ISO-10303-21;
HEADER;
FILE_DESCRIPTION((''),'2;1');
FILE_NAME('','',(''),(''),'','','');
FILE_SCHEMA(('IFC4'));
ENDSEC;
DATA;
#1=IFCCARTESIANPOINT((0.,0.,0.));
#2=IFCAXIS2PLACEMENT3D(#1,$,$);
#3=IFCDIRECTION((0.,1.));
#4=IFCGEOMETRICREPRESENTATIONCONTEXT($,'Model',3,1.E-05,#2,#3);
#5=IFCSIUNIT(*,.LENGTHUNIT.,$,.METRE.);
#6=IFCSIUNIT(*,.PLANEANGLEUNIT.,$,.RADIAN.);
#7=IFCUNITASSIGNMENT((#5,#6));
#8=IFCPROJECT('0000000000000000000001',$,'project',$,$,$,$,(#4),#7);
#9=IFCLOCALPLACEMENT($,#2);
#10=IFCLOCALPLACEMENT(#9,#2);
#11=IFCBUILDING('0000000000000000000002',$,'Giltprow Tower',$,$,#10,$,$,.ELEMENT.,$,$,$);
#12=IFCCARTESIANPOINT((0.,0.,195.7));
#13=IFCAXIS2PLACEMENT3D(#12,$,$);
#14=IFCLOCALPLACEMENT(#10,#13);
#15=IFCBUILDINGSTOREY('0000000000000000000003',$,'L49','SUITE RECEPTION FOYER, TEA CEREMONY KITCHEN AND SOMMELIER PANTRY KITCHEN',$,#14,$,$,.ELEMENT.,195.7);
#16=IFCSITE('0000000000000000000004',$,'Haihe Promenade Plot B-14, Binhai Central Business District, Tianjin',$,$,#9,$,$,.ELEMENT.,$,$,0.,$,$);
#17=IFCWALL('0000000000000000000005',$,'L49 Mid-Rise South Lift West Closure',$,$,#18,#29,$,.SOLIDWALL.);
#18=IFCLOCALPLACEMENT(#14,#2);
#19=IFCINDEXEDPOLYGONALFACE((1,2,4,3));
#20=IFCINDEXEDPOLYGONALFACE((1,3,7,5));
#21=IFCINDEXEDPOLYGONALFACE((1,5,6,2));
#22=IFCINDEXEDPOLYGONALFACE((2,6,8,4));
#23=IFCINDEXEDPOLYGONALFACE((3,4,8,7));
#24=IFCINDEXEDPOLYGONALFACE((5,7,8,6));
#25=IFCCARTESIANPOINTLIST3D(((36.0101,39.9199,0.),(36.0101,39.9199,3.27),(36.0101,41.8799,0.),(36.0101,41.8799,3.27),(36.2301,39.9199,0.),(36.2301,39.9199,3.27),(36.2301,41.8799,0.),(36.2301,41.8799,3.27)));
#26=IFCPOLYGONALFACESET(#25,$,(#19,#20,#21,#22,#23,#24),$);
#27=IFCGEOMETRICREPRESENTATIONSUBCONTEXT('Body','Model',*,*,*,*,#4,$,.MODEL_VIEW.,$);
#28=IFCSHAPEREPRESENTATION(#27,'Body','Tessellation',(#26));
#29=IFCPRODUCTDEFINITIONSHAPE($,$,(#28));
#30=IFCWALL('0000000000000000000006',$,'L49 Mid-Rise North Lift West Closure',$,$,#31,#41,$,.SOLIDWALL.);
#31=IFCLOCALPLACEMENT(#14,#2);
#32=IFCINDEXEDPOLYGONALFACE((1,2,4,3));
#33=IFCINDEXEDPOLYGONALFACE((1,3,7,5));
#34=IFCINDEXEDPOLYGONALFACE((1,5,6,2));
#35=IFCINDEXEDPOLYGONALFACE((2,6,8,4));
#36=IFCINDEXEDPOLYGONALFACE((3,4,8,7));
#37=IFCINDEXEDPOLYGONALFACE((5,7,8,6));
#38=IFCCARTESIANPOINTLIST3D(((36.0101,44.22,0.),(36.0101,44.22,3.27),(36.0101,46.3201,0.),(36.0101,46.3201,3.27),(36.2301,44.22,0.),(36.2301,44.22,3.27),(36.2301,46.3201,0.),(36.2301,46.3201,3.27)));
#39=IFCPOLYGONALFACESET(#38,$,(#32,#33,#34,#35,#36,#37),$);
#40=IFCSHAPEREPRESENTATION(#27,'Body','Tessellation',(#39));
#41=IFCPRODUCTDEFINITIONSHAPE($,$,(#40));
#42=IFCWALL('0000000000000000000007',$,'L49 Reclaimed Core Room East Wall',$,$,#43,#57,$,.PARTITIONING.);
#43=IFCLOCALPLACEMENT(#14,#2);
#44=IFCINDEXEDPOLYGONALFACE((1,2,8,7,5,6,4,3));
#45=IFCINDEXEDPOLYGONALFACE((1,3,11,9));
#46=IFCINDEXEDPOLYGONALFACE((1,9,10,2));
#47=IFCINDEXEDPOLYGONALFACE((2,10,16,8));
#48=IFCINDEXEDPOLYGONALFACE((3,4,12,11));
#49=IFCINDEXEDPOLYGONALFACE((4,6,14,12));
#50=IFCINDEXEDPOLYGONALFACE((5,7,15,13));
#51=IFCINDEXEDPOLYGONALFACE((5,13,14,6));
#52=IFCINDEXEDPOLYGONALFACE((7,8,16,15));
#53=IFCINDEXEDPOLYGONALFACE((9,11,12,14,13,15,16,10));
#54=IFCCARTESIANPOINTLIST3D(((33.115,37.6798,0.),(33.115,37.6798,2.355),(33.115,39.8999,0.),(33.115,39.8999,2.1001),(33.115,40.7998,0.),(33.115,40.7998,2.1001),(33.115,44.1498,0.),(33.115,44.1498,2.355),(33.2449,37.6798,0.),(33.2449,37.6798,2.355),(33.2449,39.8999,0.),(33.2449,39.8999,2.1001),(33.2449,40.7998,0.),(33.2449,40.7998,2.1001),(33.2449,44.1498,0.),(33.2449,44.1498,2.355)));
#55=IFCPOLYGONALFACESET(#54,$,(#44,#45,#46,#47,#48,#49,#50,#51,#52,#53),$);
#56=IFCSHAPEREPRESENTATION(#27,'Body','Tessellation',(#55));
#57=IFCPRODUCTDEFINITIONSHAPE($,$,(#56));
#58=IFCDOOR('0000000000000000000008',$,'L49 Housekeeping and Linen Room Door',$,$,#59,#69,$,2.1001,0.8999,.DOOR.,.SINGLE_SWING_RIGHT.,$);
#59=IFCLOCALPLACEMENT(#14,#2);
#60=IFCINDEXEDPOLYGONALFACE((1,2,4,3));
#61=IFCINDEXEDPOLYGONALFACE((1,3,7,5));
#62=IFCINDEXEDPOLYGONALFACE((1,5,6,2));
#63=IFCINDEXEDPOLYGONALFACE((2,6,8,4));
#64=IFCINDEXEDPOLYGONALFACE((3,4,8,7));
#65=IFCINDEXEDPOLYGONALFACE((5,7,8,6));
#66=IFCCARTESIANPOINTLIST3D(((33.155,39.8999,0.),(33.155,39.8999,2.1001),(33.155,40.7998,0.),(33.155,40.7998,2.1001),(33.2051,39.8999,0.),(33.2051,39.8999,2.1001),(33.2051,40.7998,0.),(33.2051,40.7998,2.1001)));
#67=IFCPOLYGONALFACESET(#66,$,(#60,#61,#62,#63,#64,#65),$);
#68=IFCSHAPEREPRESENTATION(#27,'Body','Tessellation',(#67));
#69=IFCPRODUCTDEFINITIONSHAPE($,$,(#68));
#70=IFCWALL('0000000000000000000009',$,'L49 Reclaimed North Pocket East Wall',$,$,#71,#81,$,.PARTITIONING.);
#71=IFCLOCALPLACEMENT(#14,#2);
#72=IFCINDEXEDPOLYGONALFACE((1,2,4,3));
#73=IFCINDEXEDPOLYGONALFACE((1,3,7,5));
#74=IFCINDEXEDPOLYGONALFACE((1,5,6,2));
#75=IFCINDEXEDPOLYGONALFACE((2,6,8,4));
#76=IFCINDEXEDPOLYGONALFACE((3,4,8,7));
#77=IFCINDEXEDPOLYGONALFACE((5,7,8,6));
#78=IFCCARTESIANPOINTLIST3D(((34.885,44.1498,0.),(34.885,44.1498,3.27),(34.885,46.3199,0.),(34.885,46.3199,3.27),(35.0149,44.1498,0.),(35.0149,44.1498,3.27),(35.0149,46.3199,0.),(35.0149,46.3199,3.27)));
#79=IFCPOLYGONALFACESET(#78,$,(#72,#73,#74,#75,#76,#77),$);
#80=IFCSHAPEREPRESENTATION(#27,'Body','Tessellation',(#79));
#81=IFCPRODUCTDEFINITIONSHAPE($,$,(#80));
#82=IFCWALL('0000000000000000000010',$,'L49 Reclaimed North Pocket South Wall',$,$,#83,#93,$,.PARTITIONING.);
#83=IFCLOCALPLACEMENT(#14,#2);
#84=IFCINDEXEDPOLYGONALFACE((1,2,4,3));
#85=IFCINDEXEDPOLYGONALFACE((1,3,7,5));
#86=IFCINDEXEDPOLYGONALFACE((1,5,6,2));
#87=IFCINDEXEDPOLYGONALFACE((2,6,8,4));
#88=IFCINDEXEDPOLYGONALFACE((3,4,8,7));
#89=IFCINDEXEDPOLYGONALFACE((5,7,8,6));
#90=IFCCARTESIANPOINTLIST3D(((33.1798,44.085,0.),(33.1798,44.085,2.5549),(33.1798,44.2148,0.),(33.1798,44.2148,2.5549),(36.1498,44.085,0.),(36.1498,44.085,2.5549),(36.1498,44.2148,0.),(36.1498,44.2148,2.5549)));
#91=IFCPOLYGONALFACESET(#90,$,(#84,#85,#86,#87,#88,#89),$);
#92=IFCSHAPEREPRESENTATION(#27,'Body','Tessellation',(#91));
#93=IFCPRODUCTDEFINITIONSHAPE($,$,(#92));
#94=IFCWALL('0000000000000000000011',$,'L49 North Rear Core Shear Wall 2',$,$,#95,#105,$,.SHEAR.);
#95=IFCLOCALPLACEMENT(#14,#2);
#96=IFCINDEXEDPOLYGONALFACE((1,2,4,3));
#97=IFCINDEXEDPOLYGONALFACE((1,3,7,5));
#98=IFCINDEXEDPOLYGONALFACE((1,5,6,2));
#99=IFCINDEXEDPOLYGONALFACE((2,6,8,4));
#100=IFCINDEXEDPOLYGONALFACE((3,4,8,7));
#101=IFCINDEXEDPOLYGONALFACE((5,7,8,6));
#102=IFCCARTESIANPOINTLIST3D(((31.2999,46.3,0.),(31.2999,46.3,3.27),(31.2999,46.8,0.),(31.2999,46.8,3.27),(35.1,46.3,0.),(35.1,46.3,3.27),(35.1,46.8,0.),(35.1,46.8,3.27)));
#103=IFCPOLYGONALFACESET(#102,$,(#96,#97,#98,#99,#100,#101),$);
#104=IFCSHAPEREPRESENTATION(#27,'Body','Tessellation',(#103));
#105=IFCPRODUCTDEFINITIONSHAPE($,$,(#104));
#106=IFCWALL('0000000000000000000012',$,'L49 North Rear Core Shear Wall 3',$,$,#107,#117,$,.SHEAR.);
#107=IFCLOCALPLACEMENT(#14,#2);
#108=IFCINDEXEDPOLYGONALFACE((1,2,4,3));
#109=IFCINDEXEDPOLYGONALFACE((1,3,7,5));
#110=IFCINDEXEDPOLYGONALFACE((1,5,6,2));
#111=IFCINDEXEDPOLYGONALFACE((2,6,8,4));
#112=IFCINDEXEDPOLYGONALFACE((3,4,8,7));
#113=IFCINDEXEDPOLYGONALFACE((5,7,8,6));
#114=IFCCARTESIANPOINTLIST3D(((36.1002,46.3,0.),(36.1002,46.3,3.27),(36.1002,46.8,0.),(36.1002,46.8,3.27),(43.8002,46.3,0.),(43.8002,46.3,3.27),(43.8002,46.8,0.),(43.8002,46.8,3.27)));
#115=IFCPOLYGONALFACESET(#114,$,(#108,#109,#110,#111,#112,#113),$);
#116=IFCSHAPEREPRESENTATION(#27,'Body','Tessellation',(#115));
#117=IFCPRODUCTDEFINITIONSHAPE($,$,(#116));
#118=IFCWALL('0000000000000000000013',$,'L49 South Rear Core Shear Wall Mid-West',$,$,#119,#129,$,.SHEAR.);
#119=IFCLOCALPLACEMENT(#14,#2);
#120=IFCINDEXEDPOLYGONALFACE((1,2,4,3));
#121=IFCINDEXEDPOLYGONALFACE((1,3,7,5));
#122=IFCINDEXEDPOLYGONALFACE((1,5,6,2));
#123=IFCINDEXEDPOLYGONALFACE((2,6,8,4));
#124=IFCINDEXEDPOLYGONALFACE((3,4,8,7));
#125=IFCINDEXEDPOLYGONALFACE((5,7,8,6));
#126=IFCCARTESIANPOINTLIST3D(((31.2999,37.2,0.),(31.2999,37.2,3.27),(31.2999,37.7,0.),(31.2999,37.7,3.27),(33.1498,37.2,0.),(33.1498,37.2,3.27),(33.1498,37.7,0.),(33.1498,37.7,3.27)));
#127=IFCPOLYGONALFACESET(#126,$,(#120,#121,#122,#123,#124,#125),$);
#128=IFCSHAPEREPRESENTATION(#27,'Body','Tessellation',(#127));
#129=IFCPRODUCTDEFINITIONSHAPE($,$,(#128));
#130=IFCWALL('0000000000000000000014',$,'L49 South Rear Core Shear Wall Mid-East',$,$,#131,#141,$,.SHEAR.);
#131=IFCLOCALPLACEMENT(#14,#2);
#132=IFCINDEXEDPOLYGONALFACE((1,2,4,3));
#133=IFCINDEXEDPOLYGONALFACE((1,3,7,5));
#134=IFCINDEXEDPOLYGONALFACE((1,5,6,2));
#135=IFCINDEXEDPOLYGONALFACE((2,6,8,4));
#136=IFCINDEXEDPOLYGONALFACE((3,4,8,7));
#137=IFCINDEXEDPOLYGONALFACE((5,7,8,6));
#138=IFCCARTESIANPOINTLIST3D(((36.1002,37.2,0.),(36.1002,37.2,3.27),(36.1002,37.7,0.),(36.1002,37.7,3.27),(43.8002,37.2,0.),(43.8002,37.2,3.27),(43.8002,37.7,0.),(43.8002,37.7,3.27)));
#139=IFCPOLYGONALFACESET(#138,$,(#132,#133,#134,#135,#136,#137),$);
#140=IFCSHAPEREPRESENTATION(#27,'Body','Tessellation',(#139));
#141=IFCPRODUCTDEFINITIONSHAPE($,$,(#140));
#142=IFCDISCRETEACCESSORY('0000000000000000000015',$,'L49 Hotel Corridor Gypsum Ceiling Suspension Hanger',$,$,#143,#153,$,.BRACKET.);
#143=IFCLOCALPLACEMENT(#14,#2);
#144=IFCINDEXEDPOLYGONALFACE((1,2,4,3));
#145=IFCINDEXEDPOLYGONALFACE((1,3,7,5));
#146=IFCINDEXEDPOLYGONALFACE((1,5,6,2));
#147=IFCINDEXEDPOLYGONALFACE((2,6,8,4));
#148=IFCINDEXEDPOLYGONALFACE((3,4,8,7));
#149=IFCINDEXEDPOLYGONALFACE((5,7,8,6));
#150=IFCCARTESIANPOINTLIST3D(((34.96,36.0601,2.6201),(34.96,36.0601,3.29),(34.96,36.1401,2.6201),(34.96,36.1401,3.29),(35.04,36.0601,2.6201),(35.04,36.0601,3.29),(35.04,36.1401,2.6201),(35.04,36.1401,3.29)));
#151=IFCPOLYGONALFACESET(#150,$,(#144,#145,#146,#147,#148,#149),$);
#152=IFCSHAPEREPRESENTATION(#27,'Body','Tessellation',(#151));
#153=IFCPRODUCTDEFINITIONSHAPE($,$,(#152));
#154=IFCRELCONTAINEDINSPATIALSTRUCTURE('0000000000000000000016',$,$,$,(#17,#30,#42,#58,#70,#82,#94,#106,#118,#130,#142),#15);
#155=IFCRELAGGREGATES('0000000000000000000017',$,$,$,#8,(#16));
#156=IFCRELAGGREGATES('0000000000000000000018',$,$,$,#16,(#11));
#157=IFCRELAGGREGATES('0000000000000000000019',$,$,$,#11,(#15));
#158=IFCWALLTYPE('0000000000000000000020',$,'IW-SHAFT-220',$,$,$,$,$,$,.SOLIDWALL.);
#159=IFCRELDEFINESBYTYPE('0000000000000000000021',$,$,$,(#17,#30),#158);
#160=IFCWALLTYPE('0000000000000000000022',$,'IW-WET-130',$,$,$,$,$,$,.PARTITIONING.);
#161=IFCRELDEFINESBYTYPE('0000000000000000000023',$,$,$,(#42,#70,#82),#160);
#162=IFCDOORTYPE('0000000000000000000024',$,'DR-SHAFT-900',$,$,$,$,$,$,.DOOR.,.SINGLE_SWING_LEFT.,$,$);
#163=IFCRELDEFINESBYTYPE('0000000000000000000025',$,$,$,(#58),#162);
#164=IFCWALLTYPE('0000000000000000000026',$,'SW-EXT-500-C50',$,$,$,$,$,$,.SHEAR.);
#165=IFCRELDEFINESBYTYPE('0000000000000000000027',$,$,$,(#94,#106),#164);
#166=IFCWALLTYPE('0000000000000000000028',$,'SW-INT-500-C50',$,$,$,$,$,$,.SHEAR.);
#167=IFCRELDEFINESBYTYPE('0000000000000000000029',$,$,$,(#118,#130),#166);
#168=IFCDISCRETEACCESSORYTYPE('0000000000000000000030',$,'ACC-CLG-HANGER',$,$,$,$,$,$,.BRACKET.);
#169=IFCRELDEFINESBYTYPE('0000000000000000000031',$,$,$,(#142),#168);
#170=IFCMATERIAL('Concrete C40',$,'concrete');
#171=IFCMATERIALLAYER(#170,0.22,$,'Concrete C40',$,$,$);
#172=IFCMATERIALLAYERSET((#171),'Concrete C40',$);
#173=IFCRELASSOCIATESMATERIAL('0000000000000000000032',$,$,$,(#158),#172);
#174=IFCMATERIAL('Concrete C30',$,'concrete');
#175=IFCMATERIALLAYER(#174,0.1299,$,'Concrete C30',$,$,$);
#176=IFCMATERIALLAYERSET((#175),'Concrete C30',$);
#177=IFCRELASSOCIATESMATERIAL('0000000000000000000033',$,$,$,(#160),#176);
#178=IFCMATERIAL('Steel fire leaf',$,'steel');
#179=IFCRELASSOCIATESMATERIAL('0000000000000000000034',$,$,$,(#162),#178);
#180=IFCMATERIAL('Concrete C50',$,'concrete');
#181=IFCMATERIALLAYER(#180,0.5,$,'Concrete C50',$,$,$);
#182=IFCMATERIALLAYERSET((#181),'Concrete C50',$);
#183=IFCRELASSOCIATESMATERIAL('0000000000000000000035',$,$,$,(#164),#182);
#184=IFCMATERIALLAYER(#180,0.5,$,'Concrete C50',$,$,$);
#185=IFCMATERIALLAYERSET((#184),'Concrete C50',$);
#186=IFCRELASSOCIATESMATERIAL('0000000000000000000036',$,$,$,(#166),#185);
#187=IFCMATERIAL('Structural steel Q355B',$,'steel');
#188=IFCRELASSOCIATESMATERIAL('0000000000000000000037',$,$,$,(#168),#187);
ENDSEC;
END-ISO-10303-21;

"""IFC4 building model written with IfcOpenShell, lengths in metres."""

from ifc_helpers import new_model, si_unit, direction, frame, frame_2d, origin, origin_2d, place, context, subcontext, project, spatial, rectangle, extrude, source, transform, mapped, material, layer, layer_set, type_object, element, fill, save


model = new_model("IFC4")

# Units and contexts
model_context = context("Model", 3, precision=1e-05, world=origin(), true_north=direction((0.0, 1.0)))
body_context = subcontext(model_context, "Body", "Model", "MODEL_VIEW")
ifc_project = project(units=[si_unit("LENGTHUNIT", "METRE"), si_unit("PLANEANGLEUNIT", "RADIAN")], contexts=[model_context])

# Site, building, storey
site_placement = place(None, origin())
site = spatial("IfcSite", under=ifc_project, at=site_placement, Name="Haihe Promenade Plot B-14, Binhai Central Business District, Tianjin", CompositionType="ELEMENT", RefElevation=0.0)
building_placement = place(site_placement, origin())
building = spatial("IfcBuilding", under=site, at=building_placement, Name="Giltprow Tower", CompositionType="ELEMENT")
storey_placement = place(building_placement, frame((0.0, 0.0, 195.7)))
storey = spatial("IfcBuildingStorey", under=building, at=storey_placement, Name="L49", Description="SUITE RECEPTION FOYER, TEA CEREMONY KITCHEN AND SOMMELIER PANTRY KITCHEN", CompositionType="ELEMENT", Elevation=195.7)

# Shared definitions
ifc_material_1 = material(Name="Concrete C50", Category="concrete")

# Shared definitions
ifc_material_2 = material(Name="Structural steel Q355B", Category="steel")

# Shared definitions
ifc_material_3 = material(Name="Concrete C40", Category="concrete")
ifc_layer_1 = layer(ifc_material_3, 0.22, Name="Concrete C40")
ifc_layer_set_1 = layer_set([ifc_layer_1], Name="Concrete C40")
wall_type_1 = type_object("IfcWallType", Name="IW-SHAFT-220", PredefinedType="SOLIDWALL", material=ifc_layer_set_1)

# Walls
wall_1_placement = place(storey_placement, frame((36.1201, 39.9199, 0.0), z_axis=(0.0, 0.0, 1.0), x_axis=(0.0, 1.0, 0.0)))
element("IfcWall", 1, at=wall_1_placement, inside=storey, type_object=wall_type_1, Name="L49 Mid-Rise South Lift West Closure", PredefinedType="SOLIDWALL", context=body_context, shape_type="SweptSolid", body=[
    extrude(rectangle(XDim=1.96, YDim=0.22, at=frame_2d((0.98, 0.0))), origin(), (0.0, 0.0, 1.0), 3.27),
])
wall_2_placement = place(storey_placement, frame((36.1201, 44.22, 0.0), z_axis=(0.0, 0.0, 1.0), x_axis=(0.0, 1.0, 0.0)))
element("IfcWall", 2, at=wall_2_placement, inside=storey, type_object=wall_type_1, Name="L49 Mid-Rise North Lift West Closure", PredefinedType="SOLIDWALL", context=body_context, shape_type="SweptSolid", body=[
    extrude(rectangle(XDim=2.1001, YDim=0.22, at=frame_2d((1.05, 0.0))), origin(), (0.0, 0.0, 1.0), 3.27),
])

# Wall, opening, door
ifc_material_4 = material(Name="Concrete C30", Category="concrete")
ifc_layer_2 = layer(ifc_material_4, 0.1299, Name="Concrete C30")
ifc_layer_set_2 = layer_set([ifc_layer_2], Name="Concrete C30")
wall_type_2 = type_object("IfcWallType", Name="IW-WET-130", PredefinedType="PARTITIONING", material=ifc_layer_set_2)
wall_3_placement = place(storey_placement, frame((33.1799, 37.6799, 0.0), z_axis=(0.0, 0.0, 1.0), x_axis=(0.0, 1.0, 0.0)))
wall_3 = element("IfcWall", 3, at=wall_3_placement, inside=storey, type_object=wall_type_2, Name="L49 Reclaimed Core Room East Wall", PredefinedType="PARTITIONING", context=body_context, shape_type="SweptSolid", body=[
    extrude(rectangle(XDim=6.47, YDim=0.1299, at=frame_2d((3.2349, 0.0))), origin(), (0.0, 0.0, 1.0), 2.355),
])
opening_1_placement = place(wall_3_placement, frame((2.22, 0.0, 0.0)))
opening_1 = element("IfcOpeningElement", 4, at=opening_1_placement, cuts=wall_3, PredefinedType="OPENING", context=body_context, shape_type="SweptSolid", body=[
    extrude(rectangle(XDim=0.8999, YDim=2.1001, at=frame_2d((0.45, 1.05))), frame((0.0, 0.075, 0.0), z_axis=(0.0, -1.0, 0.0), x_axis=(1.0, 0.0, 0.0)), (0.0, 0.0, 1.0), 0.1499),
])
ifc_material_5 = material(Name="Steel fire leaf", Category="steel")
door_type_1 = type_object("IfcDoorType", Name="DR-SHAFT-900", OperationType="SINGLE_SWING_LEFT", PredefinedType="DOOR", material=ifc_material_5)
shared_shape_1 = source(origin(), body_context, "Body", "SweptSolid", [
    extrude(rectangle(XDim=0.8999, YDim=2.1001, at=frame_2d((0.45, 1.05))), frame((0.0, 0.0249, 0.0), z_axis=(0.0, -1.0, 0.0), x_axis=(1.0, 0.0, 0.0)), (0.0, 0.0, 1.0), 0.05),
])
door_1_placement = place(opening_1_placement, origin())
door_1 = element("IfcDoor", 5, at=door_1_placement, inside=storey, type_object=door_type_1, Name="L49 Housekeeping and Linen Room Door", OperationType="SINGLE_SWING_RIGHT", OverallHeight=2.1001, OverallWidth=0.8999, PredefinedType="DOOR", context=body_context, shape_type="MappedRepresentation", body=[
    mapped(shared_shape_1, transform((0.0, 0.0, 0.0), x_axis=(1.0, 0.0, 0.0), y_axis=(0.0, 1.0, 0.0), z_axis=(0.0, 0.0, 1.0), scale=1.0)),
])
fill(opening_1, door_1)

# Walls
wall_4_placement = place(storey_placement, frame((34.95, 44.1499, 0.0), z_axis=(0.0, 0.0, 1.0), x_axis=(0.0, 1.0, 0.0)))
element("IfcWall", 6, at=wall_4_placement, inside=storey, type_object=wall_type_2, Name="L49 Reclaimed North Pocket East Wall", PredefinedType="PARTITIONING", context=body_context, shape_type="SweptSolid", body=[
    extrude(rectangle(XDim=2.1702, YDim=0.1299, at=frame_2d((1.085, 0.0))), origin(), (0.0, 0.0, 1.0), 3.27),
])
wall_5_placement = place(storey_placement, frame((33.1799, 44.1499, 0.0), z_axis=(0.0, 0.0, 1.0), x_axis=(1.0, 0.0, 0.0)))
element("IfcWall", 7, at=wall_5_placement, inside=storey, type_object=wall_type_2, Name="L49 Reclaimed North Pocket South Wall", PredefinedType="PARTITIONING", context=body_context, shape_type="SweptSolid", body=[
    extrude(rectangle(XDim=2.97, YDim=0.1299, at=frame_2d((1.4849, 0.0))), origin(), (0.0, 0.0, 1.0), 2.5549),
])
ifc_layer_3 = layer(ifc_material_1, 0.5, Name="Concrete C50")
ifc_layer_set_3 = layer_set([ifc_layer_3], Name="Concrete C50")
wall_type_3 = type_object("IfcWallType", Name="SW-EXT-500-C50", PredefinedType="SHEAR", material=ifc_layer_set_3)
wall_6_placement = place(storey_placement, frame((31.3, 46.55, 0.0), z_axis=(0.0, 0.0, 1.0), x_axis=(1.0, 0.0, 0.0)))
element("IfcWall", 8, at=wall_6_placement, inside=storey, type_object=wall_type_3, Name="L49 North Rear Core Shear Wall 2", PredefinedType="SHEAR", context=body_context, shape_type="SweptSolid", body=[
    extrude(rectangle(XDim=3.8, YDim=0.5, at=frame_2d((1.8999, 0.0))), origin(), (0.0, 0.0, 1.0), 3.27),
])
wall_7_placement = place(storey_placement, frame((36.1001, 46.55, 0.0), z_axis=(0.0, 0.0, 1.0), x_axis=(1.0, 0.0, 0.0)))
element("IfcWall", 9, at=wall_7_placement, inside=storey, type_object=wall_type_3, Name="L49 North Rear Core Shear Wall 3", PredefinedType="SHEAR", context=body_context, shape_type="SweptSolid", body=[
    extrude(rectangle(XDim=7.7, YDim=0.5, at=frame_2d((3.8501, 0.0))), origin(), (0.0, 0.0, 1.0), 3.27),
])
ifc_layer_4 = layer(ifc_material_1, 0.5, Name="Concrete C50")
ifc_layer_set_4 = layer_set([ifc_layer_4], Name="Concrete C50")
wall_type_4 = type_object("IfcWallType", Name="SW-INT-500-C50", PredefinedType="SHEAR", material=ifc_layer_set_4)
wall_8_placement = place(storey_placement, frame((31.3, 37.45, 0.0), z_axis=(0.0, 0.0, 1.0), x_axis=(1.0, 0.0, 0.0)))
element("IfcWall", 10, at=wall_8_placement, inside=storey, type_object=wall_type_4, Name="L49 South Rear Core Shear Wall Mid-West", PredefinedType="SHEAR", context=body_context, shape_type="SweptSolid", body=[
    extrude(rectangle(XDim=1.8499, YDim=0.5, at=frame_2d((0.9248, 0.0))), origin(), (0.0, 0.0, 1.0), 3.27),
])
wall_9_placement = place(storey_placement, frame((36.1001, 37.45, 0.0), z_axis=(0.0, 0.0, 1.0), x_axis=(1.0, 0.0, 0.0)))
element("IfcWall", 11, at=wall_9_placement, inside=storey, type_object=wall_type_4, Name="L49 South Rear Core Shear Wall Mid-East", PredefinedType="SHEAR", context=body_context, shape_type="SweptSolid", body=[
    extrude(rectangle(XDim=7.7, YDim=0.5, at=frame_2d((3.8501, 0.0))), origin(), (0.0, 0.0, 1.0), 3.27),
])

# Discrete accessory
discrete_accessory_type = type_object("IfcDiscreteAccessoryType", Name="ACC-CLG-HANGER", PredefinedType="BRACKET", material=ifc_material_2)
shared_shape_2 = source(origin(), body_context, "Body", "SweptSolid", [
    extrude(rectangle(XDim=0.0801, YDim=0.0801, at=origin_2d()), origin(), (0.0, 0.0, 1.0), 0.6699),
])
discrete_accessory_placement = place(storey_placement, frame((35.0, 36.1001, 2.6201), z_axis=(0.0, 0.0, 1.0), x_axis=(1.0, 0.0, 0.0)))
element("IfcDiscreteAccessory", 12, at=discrete_accessory_placement, inside=storey, type_object=discrete_accessory_type, Name="L49 Hotel Corridor Gypsum Ceiling Suspension Hanger", PredefinedType="BRACKET", context=body_context, shape_type="MappedRepresentation", body=[
    mapped(shared_shape_2, transform((0.0, 0.0, 0.0), x_axis=(1.0, 0.0, 0.0), y_axis=(0.0, 1.0, 0.0), z_axis=(0.0, 0.0, 1.0), scale=1.0)),
])

save(model, "model.ifc")
